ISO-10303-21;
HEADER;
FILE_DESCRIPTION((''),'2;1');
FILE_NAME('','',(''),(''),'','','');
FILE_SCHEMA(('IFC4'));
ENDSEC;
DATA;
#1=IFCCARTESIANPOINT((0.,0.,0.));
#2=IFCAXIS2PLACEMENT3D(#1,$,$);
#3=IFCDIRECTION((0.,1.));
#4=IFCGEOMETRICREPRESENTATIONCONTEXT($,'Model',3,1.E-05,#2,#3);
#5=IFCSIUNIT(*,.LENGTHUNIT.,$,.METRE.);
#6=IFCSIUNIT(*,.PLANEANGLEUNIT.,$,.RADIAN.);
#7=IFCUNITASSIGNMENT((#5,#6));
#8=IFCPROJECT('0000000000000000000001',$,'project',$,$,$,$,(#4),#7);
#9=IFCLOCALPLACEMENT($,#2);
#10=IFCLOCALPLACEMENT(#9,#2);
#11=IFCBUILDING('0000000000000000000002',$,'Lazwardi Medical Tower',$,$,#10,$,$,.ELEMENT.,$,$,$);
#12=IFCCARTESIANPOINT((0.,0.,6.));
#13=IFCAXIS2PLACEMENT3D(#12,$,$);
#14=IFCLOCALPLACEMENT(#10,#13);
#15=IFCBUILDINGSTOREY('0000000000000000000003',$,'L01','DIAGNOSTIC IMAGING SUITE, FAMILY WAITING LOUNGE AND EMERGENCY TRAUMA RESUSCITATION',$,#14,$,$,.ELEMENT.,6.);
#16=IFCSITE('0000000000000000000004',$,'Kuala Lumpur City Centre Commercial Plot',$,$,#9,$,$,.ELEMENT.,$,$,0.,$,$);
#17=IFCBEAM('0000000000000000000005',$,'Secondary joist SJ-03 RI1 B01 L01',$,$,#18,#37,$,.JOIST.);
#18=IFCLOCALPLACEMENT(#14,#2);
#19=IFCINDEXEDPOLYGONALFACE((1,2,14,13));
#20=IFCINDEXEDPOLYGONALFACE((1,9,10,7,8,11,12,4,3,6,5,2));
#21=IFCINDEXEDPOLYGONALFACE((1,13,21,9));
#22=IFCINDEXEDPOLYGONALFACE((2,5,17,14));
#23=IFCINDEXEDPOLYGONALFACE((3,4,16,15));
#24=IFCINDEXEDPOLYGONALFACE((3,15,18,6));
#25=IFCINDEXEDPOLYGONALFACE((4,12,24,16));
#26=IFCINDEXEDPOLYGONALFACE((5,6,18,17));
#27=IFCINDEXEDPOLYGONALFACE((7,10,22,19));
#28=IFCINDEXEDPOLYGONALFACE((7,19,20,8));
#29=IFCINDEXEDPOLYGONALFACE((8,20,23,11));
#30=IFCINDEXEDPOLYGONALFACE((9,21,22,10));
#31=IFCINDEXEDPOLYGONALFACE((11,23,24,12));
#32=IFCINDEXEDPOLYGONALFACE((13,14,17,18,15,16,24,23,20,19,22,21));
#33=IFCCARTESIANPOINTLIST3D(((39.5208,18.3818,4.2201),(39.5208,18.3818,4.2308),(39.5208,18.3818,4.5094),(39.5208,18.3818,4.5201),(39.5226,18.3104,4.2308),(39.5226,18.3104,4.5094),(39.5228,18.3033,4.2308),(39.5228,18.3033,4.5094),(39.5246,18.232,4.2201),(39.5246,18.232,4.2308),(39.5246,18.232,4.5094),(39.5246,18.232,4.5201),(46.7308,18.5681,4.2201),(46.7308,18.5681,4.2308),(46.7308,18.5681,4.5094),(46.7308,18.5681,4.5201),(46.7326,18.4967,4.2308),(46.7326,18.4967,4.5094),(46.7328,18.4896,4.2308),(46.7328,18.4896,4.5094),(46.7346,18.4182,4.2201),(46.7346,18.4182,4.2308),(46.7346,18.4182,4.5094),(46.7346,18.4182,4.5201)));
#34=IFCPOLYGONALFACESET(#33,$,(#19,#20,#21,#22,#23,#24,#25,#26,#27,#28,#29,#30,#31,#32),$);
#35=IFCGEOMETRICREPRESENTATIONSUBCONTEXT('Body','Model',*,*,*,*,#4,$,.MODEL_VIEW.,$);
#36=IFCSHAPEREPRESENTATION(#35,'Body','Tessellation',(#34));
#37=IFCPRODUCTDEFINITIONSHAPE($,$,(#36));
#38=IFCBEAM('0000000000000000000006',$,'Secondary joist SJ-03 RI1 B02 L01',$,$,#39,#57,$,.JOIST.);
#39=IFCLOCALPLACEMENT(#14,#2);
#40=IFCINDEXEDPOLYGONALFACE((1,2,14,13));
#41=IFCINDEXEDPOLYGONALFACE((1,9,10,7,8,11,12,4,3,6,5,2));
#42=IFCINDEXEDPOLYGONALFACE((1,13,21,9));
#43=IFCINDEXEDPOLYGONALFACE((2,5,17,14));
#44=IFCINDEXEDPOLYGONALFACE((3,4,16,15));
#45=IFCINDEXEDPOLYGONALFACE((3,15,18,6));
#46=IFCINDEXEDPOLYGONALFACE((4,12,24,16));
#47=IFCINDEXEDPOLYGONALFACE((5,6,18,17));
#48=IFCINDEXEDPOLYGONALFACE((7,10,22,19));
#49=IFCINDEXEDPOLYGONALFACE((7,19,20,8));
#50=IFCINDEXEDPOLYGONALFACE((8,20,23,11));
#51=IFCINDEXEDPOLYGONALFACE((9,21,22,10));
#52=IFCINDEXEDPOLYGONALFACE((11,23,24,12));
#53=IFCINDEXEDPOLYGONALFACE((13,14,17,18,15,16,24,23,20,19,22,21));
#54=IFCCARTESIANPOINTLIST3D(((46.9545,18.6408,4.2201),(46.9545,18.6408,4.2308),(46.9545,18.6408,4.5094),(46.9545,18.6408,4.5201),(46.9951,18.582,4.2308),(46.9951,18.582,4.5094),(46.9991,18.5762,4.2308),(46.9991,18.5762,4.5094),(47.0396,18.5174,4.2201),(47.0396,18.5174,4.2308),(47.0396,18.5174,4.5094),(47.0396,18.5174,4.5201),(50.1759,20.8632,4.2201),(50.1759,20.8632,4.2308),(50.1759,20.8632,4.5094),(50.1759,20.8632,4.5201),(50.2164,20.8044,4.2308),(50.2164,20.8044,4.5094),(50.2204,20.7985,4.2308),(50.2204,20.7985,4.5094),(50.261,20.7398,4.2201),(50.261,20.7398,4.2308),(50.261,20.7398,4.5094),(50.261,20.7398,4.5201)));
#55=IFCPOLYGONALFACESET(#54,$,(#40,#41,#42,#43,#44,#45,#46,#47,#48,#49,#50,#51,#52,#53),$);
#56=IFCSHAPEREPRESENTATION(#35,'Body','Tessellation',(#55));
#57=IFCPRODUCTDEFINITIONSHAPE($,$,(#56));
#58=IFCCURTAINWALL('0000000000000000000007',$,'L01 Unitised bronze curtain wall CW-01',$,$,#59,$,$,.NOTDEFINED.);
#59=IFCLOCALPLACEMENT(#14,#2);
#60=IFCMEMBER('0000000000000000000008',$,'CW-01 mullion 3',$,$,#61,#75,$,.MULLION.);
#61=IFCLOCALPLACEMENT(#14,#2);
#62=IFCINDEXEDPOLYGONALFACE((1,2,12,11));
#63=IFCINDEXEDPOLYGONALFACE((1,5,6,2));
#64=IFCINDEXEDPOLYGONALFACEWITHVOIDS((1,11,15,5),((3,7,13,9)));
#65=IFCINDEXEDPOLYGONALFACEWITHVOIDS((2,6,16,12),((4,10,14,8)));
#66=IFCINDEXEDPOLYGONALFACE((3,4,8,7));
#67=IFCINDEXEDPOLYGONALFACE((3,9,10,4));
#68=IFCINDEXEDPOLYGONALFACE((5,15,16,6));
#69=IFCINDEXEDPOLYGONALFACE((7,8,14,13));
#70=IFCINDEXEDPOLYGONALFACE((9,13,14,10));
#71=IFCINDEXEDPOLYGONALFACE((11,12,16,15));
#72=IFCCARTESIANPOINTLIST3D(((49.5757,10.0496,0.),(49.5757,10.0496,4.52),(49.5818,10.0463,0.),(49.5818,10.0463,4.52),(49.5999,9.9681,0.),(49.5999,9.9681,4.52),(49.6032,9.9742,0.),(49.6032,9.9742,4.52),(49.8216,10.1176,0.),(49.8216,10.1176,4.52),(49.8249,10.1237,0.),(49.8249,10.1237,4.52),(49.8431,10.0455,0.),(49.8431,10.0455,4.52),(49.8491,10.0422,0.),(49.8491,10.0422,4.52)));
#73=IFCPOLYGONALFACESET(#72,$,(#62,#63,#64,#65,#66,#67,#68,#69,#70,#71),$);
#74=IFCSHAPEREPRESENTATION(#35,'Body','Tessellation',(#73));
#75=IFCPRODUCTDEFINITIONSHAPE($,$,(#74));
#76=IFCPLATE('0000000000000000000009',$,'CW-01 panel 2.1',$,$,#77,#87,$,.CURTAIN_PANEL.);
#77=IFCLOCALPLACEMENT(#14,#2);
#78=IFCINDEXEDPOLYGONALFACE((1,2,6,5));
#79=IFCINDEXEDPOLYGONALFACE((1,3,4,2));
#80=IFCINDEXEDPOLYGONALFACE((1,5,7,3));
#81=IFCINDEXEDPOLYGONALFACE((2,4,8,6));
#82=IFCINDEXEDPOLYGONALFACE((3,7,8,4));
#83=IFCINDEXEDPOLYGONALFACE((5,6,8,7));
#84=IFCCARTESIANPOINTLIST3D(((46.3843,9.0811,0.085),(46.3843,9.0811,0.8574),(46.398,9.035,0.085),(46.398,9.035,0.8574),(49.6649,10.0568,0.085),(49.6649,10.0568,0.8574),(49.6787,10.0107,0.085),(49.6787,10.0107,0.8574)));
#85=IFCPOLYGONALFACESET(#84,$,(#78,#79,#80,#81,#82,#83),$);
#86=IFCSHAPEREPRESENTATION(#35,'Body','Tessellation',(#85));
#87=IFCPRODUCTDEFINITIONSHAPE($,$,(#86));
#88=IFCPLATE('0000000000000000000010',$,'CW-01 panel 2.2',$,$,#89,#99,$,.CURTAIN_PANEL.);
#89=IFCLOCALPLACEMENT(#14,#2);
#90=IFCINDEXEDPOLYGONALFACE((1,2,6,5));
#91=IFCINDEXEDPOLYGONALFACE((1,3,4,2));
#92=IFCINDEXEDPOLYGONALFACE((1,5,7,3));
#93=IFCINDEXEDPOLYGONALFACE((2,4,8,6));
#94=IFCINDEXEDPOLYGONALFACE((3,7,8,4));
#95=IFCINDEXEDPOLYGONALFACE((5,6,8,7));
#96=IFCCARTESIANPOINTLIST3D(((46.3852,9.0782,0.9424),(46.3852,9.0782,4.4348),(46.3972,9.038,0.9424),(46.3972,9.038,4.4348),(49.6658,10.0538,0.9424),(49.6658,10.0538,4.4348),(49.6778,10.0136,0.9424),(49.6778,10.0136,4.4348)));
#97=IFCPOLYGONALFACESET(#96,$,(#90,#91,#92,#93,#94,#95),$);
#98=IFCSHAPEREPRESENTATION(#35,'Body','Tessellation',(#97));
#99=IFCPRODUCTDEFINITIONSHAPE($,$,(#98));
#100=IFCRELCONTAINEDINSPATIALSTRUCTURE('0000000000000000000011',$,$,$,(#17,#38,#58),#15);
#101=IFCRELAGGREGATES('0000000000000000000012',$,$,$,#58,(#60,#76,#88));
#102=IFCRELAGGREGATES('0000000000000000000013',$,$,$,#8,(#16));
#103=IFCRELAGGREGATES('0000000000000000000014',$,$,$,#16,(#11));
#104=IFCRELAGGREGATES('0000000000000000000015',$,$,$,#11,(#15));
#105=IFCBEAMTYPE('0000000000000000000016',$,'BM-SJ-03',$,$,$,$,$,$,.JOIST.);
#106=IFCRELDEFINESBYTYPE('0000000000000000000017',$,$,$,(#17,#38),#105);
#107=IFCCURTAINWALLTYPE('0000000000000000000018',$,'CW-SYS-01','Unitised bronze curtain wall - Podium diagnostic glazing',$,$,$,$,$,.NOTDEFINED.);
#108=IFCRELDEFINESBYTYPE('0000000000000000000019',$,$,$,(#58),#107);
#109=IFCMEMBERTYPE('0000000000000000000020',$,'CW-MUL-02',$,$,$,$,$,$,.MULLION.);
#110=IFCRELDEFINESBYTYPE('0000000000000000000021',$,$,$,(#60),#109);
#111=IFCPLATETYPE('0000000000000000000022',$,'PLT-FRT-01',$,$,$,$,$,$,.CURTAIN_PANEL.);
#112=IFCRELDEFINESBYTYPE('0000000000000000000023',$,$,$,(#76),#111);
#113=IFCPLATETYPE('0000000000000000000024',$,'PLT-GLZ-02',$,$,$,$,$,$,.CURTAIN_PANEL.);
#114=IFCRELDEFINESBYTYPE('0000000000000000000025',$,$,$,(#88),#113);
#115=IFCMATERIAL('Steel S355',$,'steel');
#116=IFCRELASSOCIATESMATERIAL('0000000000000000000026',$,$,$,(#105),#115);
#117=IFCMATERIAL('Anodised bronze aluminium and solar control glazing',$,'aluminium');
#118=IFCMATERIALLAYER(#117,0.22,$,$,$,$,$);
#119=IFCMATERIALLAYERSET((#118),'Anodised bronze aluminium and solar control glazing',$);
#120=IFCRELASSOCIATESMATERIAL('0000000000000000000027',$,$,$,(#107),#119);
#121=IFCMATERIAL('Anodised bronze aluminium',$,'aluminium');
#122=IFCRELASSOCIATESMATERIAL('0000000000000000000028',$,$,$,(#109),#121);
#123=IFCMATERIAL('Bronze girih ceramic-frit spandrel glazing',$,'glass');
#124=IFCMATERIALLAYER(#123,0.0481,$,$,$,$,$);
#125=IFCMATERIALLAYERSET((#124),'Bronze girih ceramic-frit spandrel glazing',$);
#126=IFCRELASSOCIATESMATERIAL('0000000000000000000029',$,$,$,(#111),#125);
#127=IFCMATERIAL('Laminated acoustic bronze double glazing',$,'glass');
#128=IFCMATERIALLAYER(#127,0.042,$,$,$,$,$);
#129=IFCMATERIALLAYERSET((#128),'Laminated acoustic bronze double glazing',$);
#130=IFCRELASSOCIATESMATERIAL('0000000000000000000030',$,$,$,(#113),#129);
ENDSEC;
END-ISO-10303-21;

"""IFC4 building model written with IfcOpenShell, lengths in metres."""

from ifc_helpers import new_model, si_unit, direction, frame, origin, origin_2d, place, context, subcontext, project, spatial, rectangle, hollow_rectangle, i_section, extrude, material, layer, layer_set, material_profile, profile_set, type_object, element, aggregate, save


model = new_model("IFC4")

# Units and contexts
model_context = context("Model", 3, precision=1e-05, world=origin(), true_north=direction((0.0, 1.0)))
body_context = subcontext(model_context, "Body", "Model", "MODEL_VIEW")
ifc_project = project(units=[si_unit("LENGTHUNIT", "METRE"), si_unit("PLANEANGLEUNIT", "RADIAN")], contexts=[model_context])

# Site, building, storey
site_placement = place(None, origin())
site = spatial("IfcSite", under=ifc_project, at=site_placement, Name="Kuala Lumpur City Centre Commercial Plot", CompositionType="ELEMENT", RefElevation=0.0)
building_placement = place(site_placement, origin())
building = spatial("IfcBuilding", under=site, at=building_placement, Name="Lazwardi Medical Tower", CompositionType="ELEMENT")
storey_placement = place(building_placement, frame((0.0, 0.0, 6.0)))
storey = spatial("IfcBuildingStorey", under=building, at=storey_placement, Name="L01", Description="DIAGNOSTIC IMAGING SUITE, FAMILY WAITING LOUNGE AND EMERGENCY TRAUMA RESUSCITATION", CompositionType="ELEMENT", Elevation=6.0)

# Beams
ifc_material_1 = material(Name="Steel S355", Category="steel")
ifc_material_profile_1 = material_profile(ifc_material_1, i_section(OverallWidth=0.1499, OverallDepth=0.3, WebThickness=0.0071, FlangeThickness=0.0107, at=origin_2d()), Name="IPE 300")
ifc_profile_set_1 = profile_set([ifc_material_profile_1], Name="Steel S355")
beam_type_1 = type_object("IfcBeamType", Name="BM-SJ-03", PredefinedType="JOIST", material=ifc_profile_set_1)
beam_1_placement = place(storey_placement, frame((39.5227, 18.3069, 4.3701), z_axis=(0.999666, 0.025828, 0.0), x_axis=(-0.025828, 0.999666, 0.0)))
element("IfcBeam", 1, at=beam_1_placement, inside=storey, type_object=beam_type_1, Name="Secondary joist SJ-03 RI1 B01 L01", PredefinedType="JOIST", context=body_context, shape_type="SweptSolid", body=[
    extrude(i_section(OverallWidth=0.1499, OverallDepth=0.3, WebThickness=0.0071, FlangeThickness=0.0107, at=origin_2d()), origin(), (0.0, 0.0, 1.0), 7.2124),
])
beam_2_placement = place(storey_placement, frame((46.9971, 18.5791, 4.3701), z_axis=(0.823125, 0.56786, 0.0), x_axis=(-0.56786, 0.823125, 0.0)))
element("IfcBeam", 2, at=beam_2_placement, inside=storey, type_object=beam_type_1, Name="Secondary joist SJ-03 RI1 B02 L01", PredefinedType="JOIST", context=body_context, shape_type="SweptSolid", body=[
    extrude(i_section(OverallWidth=0.1499, OverallDepth=0.3, WebThickness=0.0071, FlangeThickness=0.0107, at=origin_2d()), origin(), (0.0, 0.0, 1.0), 3.9136),
])

# Curtain wall, member, plates
ifc_material_2 = material(Name="Anodised bronze aluminium and solar control glazing", Category="aluminium")
ifc_layer_1 = layer(ifc_material_2, 0.22)
ifc_layer_set_1 = layer_set([ifc_layer_1], Name="Anodised bronze aluminium and solar control glazing")
curtain_wall_type = type_object("IfcCurtainWallType", Name="CW-SYS-01", Description="Unitised bronze curtain wall - Podium diagnostic glazing", PredefinedType="NOTDEFINED", material=ifc_layer_set_1)
curtain_wall_placement = place(storey_placement, origin())
curtain_wall = element("IfcCurtainWall", 3, at=curtain_wall_placement, inside=storey, type_object=curtain_wall_type, Name="L01 Unitised bronze curtain wall CW-01", PredefinedType="NOTDEFINED")
ifc_material_3 = material(Name="Anodised bronze aluminium", Category="aluminium")
ifc_material_profile_2 = material_profile(ifc_material_3, hollow_rectangle(XDim=0.085, YDim=0.26, WallThickness=0.0049, at=origin_2d()), Name="ALU-MULLION 260x85x5")
ifc_profile_set_2 = profile_set([ifc_material_profile_2], Name="Anodised bronze aluminium")
member_type = type_object("IfcMemberType", Name="CW-MUL-02", PredefinedType="MULLION", material=ifc_profile_set_2)
member_placement = place(storey_placement, frame((49.7124, 10.0459, 0.0), z_axis=(0.0, 0.0, 1.0), x_axis=(-0.285047, 0.958513, 0.0)))
member = element("IfcMember", 4, at=member_placement, type_object=member_type, Name="CW-01 mullion 3", PredefinedType="MULLION", context=body_context, shape_type="SweptSolid", body=[
    extrude(hollow_rectangle(XDim=0.085, YDim=0.26, WallThickness=0.0049, at=origin_2d()), origin(), (0.0, 0.0, 1.0), 4.52),
])
ifc_material_4 = material(Name="Bronze girih ceramic-frit spandrel glazing", Category="glass")
ifc_layer_2 = layer(ifc_material_4, 0.0481)
ifc_layer_set_2 = layer_set([ifc_layer_2], Name="Bronze girih ceramic-frit spandrel glazing")
plate_type_1 = type_object("IfcPlateType", Name="PLT-FRT-01", PredefinedType="CURTAIN_PANEL", material=ifc_layer_set_2)
plate_1_placement = place(storey_placement, frame((48.0315, 9.5459, 0.085), z_axis=(0.0, 0.0, 1.0), x_axis=(0.958513, 0.285047, 0.0)))
plate_1 = element("IfcPlate", 5, at=plate_1_placement, type_object=plate_type_1, Name="CW-01 panel 2.1", PredefinedType="CURTAIN_PANEL", context=body_context, shape_type="SweptSolid", body=[
    extrude(rectangle(XDim=3.4226, YDim=0.0481, at=origin_2d()), origin(), (0.0, 0.0, 1.0), 0.7725),
])
ifc_material_5 = material(Name="Laminated acoustic bronze double glazing", Category="glass")
ifc_layer_3 = layer(ifc_material_5, 0.042)
ifc_layer_set_3 = layer_set([ifc_layer_3], Name="Laminated acoustic bronze double glazing")
plate_type_2 = type_object("IfcPlateType", Name="PLT-GLZ-02", PredefinedType="CURTAIN_PANEL", material=ifc_layer_set_3)
plate_2_placement = place(storey_placement, frame((48.0315, 9.5459, 0.9424), z_axis=(0.0, 0.0, 1.0), x_axis=(0.958513, 0.285047, 0.0)))
plate_2 = element("IfcPlate", 6, at=plate_2_placement, type_object=plate_type_2, Name="CW-01 panel 2.2", PredefinedType="CURTAIN_PANEL", context=body_context, shape_type="SweptSolid", body=[
    extrude(rectangle(XDim=3.4226, YDim=0.042, at=origin_2d()), origin(), (0.0, 0.0, 1.0), 3.4924),
])
aggregate(curtain_wall, [member, plate_1, plate_2])

save(model, "model.ifc")
